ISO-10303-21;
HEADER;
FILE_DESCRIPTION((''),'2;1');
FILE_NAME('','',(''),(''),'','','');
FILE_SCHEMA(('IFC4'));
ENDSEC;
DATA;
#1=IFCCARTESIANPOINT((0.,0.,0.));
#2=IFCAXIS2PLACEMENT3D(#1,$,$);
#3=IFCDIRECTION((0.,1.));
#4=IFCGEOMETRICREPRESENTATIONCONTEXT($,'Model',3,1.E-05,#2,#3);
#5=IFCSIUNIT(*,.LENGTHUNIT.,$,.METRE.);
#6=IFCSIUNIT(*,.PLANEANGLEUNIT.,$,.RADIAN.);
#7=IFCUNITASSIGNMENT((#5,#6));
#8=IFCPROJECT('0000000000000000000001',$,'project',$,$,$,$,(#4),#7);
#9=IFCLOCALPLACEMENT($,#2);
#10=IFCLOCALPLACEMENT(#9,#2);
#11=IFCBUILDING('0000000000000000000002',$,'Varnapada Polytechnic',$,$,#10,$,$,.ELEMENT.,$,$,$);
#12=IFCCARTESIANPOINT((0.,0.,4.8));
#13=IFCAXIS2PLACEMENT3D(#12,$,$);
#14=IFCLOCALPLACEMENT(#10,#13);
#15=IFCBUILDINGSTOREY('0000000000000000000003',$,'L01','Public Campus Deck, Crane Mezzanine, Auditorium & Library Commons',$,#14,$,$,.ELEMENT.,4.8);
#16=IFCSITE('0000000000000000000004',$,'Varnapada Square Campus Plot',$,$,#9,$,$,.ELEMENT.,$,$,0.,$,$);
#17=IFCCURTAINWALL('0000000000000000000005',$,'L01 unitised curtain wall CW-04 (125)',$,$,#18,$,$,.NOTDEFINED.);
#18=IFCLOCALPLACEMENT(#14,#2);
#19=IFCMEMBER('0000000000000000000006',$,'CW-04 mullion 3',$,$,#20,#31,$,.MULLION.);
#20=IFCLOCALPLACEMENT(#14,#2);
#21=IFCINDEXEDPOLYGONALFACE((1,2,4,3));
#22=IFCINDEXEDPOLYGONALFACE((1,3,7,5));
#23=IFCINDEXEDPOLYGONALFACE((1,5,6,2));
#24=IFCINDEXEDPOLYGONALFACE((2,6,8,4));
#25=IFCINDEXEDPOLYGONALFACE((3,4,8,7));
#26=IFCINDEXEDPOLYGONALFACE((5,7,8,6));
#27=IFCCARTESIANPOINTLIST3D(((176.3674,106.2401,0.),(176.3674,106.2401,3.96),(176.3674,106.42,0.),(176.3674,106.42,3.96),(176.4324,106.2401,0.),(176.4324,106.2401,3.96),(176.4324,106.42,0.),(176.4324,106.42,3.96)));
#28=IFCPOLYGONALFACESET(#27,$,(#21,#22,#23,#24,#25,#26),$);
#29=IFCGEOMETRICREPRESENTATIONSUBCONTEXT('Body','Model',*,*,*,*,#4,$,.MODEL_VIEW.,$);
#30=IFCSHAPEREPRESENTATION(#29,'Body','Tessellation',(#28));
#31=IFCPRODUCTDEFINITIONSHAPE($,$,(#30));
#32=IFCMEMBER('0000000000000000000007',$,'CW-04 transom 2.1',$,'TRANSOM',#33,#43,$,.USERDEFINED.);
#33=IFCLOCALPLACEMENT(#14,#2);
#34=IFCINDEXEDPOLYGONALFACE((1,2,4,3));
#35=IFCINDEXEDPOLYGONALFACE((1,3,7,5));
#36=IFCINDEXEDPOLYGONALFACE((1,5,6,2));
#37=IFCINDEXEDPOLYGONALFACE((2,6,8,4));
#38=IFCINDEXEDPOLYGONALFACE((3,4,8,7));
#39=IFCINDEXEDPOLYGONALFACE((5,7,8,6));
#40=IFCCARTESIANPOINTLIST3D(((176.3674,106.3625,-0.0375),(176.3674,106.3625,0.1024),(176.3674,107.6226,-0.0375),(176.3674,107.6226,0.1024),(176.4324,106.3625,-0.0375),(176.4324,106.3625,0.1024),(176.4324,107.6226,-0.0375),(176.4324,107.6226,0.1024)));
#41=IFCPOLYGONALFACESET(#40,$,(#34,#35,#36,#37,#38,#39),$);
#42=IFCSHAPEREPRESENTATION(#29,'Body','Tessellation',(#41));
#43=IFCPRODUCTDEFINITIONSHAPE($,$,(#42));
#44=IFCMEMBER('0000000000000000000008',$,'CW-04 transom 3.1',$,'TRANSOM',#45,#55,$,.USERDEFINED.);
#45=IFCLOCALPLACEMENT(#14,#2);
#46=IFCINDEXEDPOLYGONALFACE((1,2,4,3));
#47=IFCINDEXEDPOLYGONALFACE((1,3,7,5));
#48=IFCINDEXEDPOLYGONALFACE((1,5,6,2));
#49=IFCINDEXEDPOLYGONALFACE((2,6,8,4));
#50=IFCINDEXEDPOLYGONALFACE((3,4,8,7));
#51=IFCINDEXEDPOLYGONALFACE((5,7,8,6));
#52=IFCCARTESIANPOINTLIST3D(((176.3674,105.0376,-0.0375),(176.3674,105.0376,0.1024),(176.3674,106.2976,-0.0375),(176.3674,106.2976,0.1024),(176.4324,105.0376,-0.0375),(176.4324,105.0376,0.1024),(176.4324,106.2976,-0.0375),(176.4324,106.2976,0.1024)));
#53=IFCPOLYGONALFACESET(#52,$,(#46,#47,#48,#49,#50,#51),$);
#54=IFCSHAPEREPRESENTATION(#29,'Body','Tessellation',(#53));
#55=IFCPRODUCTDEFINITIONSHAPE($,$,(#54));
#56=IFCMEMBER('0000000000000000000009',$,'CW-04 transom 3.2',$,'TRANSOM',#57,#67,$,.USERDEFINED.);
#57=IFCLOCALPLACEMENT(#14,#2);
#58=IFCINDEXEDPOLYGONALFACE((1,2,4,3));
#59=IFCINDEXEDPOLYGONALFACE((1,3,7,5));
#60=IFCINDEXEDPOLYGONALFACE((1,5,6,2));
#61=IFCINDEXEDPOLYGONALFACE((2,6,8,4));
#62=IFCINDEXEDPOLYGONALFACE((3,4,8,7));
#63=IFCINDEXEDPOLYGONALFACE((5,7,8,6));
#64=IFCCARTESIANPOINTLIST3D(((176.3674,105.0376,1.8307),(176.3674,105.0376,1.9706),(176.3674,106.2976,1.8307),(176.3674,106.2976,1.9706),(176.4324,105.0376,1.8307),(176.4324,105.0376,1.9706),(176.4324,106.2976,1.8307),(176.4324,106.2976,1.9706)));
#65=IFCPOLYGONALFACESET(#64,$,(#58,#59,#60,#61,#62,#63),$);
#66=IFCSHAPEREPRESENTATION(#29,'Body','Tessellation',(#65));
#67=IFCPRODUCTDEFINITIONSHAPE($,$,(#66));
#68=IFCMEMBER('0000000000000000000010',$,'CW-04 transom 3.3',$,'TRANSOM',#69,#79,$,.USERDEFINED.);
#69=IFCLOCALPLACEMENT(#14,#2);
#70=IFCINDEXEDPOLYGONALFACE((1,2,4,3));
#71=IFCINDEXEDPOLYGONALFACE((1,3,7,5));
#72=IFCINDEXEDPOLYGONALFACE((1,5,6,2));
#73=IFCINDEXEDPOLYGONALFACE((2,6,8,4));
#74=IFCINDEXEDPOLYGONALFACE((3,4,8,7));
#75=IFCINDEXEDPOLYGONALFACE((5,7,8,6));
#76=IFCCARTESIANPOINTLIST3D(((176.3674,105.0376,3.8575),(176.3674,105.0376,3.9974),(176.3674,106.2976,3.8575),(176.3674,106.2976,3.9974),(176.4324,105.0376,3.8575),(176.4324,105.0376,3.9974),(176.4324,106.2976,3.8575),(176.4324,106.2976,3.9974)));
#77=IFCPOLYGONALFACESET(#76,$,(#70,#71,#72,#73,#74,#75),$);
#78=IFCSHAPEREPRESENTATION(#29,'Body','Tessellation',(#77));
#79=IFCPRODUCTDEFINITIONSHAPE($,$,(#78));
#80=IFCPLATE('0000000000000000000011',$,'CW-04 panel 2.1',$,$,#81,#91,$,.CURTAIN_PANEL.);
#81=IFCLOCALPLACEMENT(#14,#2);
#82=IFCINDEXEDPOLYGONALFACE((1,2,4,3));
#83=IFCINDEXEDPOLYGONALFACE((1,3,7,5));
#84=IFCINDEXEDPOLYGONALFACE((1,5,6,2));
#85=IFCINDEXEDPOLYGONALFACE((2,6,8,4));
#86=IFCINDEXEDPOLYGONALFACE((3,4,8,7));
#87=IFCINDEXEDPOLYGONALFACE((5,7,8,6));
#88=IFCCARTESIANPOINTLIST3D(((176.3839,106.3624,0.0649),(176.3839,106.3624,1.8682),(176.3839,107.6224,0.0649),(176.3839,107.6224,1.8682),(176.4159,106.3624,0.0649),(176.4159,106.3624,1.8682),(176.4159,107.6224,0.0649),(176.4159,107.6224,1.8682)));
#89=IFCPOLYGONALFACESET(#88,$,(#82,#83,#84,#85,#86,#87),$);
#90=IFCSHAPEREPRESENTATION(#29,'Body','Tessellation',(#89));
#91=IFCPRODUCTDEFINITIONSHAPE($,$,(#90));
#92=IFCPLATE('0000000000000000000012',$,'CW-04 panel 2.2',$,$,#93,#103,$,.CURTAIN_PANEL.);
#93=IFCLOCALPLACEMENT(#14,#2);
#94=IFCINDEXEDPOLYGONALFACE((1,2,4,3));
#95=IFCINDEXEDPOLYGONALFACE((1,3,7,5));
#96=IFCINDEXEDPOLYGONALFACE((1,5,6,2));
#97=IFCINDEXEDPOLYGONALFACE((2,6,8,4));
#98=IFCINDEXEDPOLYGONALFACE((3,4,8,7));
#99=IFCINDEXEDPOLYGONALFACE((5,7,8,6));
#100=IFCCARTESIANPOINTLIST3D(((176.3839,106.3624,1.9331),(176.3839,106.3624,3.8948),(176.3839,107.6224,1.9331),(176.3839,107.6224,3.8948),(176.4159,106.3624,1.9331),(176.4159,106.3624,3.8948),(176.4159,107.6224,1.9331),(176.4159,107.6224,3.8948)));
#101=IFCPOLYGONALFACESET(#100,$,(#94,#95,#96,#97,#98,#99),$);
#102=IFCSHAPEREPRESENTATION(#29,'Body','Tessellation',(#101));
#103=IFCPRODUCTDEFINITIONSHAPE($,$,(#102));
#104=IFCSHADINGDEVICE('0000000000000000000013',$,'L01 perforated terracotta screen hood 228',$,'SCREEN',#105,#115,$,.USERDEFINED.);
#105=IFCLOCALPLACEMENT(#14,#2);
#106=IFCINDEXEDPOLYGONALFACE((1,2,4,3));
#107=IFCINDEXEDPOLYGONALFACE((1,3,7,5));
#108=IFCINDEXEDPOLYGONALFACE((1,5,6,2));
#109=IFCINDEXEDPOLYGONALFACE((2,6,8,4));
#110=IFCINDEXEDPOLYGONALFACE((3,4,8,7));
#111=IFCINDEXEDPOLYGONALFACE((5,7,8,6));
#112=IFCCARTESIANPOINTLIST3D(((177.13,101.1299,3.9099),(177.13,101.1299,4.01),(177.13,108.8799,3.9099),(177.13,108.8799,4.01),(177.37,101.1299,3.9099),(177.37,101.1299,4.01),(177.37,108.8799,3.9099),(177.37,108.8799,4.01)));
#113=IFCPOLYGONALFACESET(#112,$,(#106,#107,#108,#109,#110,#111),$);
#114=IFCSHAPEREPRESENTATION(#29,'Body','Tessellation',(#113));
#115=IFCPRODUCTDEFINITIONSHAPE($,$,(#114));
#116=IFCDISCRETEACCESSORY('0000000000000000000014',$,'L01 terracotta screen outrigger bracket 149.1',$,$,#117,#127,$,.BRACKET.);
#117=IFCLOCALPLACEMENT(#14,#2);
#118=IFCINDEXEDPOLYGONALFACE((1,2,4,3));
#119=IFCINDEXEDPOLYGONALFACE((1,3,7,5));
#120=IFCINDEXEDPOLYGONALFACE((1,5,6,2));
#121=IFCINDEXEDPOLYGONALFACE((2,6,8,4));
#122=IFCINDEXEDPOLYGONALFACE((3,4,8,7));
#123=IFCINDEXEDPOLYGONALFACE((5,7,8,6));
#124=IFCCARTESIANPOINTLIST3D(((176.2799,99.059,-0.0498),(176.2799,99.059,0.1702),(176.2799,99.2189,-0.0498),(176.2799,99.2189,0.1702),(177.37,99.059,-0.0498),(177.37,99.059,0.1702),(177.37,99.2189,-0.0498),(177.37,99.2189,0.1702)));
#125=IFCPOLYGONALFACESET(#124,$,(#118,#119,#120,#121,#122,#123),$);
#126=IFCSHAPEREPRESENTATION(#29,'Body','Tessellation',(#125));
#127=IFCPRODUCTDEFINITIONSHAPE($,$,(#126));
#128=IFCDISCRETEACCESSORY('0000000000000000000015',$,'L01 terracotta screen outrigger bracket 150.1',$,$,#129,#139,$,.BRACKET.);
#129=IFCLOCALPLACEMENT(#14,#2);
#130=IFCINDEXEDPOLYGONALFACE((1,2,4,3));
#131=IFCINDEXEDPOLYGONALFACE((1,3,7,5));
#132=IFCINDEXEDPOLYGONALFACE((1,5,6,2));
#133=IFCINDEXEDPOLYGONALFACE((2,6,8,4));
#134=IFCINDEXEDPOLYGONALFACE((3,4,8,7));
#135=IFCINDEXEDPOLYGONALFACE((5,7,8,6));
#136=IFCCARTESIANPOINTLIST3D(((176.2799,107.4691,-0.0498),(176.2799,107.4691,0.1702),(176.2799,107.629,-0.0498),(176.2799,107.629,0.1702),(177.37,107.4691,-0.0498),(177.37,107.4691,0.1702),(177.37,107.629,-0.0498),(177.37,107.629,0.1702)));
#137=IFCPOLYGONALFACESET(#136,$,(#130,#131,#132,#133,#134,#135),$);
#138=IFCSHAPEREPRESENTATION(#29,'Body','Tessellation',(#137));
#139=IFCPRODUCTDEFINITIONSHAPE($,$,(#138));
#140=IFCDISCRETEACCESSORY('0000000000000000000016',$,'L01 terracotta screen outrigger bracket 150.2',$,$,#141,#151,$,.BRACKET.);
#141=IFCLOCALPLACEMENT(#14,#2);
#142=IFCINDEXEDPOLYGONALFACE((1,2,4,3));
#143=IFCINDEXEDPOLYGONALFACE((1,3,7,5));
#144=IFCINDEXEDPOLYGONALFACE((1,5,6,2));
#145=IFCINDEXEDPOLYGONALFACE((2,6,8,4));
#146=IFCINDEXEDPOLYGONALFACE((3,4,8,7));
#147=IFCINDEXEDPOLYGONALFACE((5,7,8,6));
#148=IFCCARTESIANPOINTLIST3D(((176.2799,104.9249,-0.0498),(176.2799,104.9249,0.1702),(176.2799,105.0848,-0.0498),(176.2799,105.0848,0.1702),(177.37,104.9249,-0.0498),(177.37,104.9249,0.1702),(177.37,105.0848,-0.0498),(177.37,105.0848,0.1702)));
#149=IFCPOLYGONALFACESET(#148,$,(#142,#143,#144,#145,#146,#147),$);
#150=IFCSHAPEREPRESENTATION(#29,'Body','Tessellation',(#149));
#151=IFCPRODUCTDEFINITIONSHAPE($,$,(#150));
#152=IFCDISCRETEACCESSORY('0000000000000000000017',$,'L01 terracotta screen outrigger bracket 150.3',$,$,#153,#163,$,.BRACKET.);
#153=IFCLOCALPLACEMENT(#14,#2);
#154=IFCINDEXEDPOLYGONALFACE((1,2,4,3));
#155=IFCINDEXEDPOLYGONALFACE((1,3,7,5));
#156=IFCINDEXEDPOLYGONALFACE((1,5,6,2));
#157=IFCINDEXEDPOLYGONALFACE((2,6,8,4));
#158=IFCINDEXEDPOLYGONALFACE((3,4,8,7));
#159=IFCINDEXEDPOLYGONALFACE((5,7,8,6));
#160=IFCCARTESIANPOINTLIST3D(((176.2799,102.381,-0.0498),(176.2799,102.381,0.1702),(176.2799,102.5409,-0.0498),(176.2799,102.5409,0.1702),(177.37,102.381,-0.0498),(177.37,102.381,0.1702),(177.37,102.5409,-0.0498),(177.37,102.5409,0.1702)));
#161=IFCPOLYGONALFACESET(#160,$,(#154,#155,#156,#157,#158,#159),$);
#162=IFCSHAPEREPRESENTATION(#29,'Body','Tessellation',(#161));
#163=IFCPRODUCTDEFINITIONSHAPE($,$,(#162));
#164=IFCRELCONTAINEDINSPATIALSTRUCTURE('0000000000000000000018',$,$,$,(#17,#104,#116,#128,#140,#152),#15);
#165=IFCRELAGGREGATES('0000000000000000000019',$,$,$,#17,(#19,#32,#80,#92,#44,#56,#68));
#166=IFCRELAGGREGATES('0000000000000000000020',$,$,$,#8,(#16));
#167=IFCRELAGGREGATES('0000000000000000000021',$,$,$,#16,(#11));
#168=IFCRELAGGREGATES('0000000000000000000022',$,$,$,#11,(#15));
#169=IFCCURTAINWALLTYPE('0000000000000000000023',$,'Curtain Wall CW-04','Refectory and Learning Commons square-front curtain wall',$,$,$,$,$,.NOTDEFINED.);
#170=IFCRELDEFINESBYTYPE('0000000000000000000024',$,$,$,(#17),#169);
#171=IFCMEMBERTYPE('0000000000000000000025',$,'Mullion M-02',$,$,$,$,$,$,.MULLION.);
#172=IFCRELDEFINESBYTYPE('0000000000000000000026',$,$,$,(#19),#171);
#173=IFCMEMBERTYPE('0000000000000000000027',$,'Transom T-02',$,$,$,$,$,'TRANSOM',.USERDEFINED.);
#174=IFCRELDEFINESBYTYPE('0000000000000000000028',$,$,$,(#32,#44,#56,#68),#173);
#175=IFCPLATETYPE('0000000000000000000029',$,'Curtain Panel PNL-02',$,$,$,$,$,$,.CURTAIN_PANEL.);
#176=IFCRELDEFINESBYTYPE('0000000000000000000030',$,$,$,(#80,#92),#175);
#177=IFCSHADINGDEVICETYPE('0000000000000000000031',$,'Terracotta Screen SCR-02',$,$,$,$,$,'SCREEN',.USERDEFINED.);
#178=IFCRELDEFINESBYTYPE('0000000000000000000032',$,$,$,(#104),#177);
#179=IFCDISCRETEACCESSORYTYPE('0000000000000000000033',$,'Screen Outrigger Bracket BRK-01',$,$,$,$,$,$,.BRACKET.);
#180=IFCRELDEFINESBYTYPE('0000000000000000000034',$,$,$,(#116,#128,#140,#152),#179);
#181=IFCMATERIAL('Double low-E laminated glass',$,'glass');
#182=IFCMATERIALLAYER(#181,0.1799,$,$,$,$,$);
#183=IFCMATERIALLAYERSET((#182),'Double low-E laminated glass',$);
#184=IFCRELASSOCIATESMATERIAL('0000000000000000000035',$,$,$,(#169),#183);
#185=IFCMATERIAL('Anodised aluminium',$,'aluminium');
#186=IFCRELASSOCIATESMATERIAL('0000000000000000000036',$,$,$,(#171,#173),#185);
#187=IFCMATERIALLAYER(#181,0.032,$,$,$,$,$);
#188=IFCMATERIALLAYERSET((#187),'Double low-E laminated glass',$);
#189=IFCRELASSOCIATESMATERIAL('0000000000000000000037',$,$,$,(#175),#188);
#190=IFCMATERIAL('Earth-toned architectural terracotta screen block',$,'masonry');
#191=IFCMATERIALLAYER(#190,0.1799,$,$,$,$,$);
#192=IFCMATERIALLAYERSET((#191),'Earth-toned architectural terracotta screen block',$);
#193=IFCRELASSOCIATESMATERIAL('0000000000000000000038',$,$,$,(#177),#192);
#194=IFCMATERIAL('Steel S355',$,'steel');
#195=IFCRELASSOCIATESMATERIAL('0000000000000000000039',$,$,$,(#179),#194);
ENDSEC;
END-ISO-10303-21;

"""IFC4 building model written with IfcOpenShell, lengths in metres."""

from ifc_helpers import new_model, si_unit, direction, frame, origin, origin_2d, place, context, subcontext, project, spatial, rectangle, extrude, material, layer, layer_set, material_profile, profile_set, type_object, element, aggregate, save


model = new_model("IFC4")

# Units and contexts
model_context = context("Model", 3, precision=1e-05, world=origin(), true_north=direction((0.0, 1.0)))
body_context = subcontext(model_context, "Body", "Model", "MODEL_VIEW")
ifc_project = project(units=[si_unit("LENGTHUNIT", "METRE"), si_unit("PLANEANGLEUNIT", "RADIAN")], contexts=[model_context])

# Site, building, storey
site_placement = place(None, origin())
site = spatial("IfcSite", under=ifc_project, at=site_placement, Name="Varnapada Square Campus Plot", CompositionType="ELEMENT", RefElevation=0.0)
building_placement = place(site_placement, origin())
building = spatial("IfcBuilding", under=site, at=building_placement, Name="Varnapada Polytechnic", CompositionType="ELEMENT")
storey_placement = place(building_placement, frame((0.0, 0.0, 4.8)))
storey = spatial("IfcBuildingStorey", under=building, at=storey_placement, Name="L01", Description="Public Campus Deck, Crane Mezzanine, Auditorium & Library Commons", CompositionType="ELEMENT", Elevation=4.8)

# Curtain wall, members, plates
ifc_material_1 = material(Name="Double low-E laminated glass", Category="glass")
ifc_layer_1 = layer(ifc_material_1, 0.1799)
ifc_layer_set_1 = layer_set([ifc_layer_1], Name="Double low-E laminated glass")
curtain_wall_type = type_object("IfcCurtainWallType", Name="Curtain Wall CW-04", Description="Refectory and Learning Commons square-front curtain wall", PredefinedType="NOTDEFINED", material=ifc_layer_set_1)
curtain_wall_placement = place(storey_placement, origin())
curtain_wall = element("IfcCurtainWall", 1, at=curtain_wall_placement, inside=storey, type_object=curtain_wall_type, Name="L01 unitised curtain wall CW-04 (125)", PredefinedType="NOTDEFINED")
ifc_material_2 = material(Name="Anodised aluminium", Category="aluminium")
ifc_material_profile_1 = material_profile(ifc_material_2, rectangle(XDim=0.0649, YDim=0.1799, at=origin_2d()), Name="ALU M65x180")
ifc_profile_set_1 = profile_set([ifc_material_profile_1], Name="Anodised aluminium")
member_type_1 = type_object("IfcMemberType", Name="Mullion M-02", PredefinedType="MULLION", material=ifc_profile_set_1)
member_1_placement = place(storey_placement, frame((176.3999, 106.3301, 0.0), z_axis=(0.0, 0.0, 1.0), x_axis=(1.0, 0.0, 0.0)))
member_1 = element("IfcMember", 2, at=member_1_placement, type_object=member_type_1, Name="CW-04 mullion 3", PredefinedType="MULLION", context=body_context, shape_type="SweptSolid", body=[
    extrude(rectangle(XDim=0.0649, YDim=0.1799, at=origin_2d()), origin(), (0.0, 0.0, 1.0), 3.96),
])
ifc_material_profile_2 = material_profile(ifc_material_2, rectangle(XDim=0.0649, YDim=0.1399, at=origin_2d()), Name="ALU T65x140")
ifc_profile_set_2 = profile_set([ifc_material_profile_2], Name="Anodised aluminium")
member_type_2 = type_object("IfcMemberType", Name="Transom T-02", ElementType="TRANSOM", PredefinedType="USERDEFINED", material=ifc_profile_set_2)
member_2_placement = place(storey_placement, frame((176.3999, 107.6226, 0.0325), z_axis=(0.0, -1.0, 0.0), x_axis=(1.0, 0.0, 0.0)))
member_2 = element("IfcMember", 3, at=member_2_placement, type_object=member_type_2, Name="CW-04 transom 2.1", ObjectType="TRANSOM", PredefinedType="USERDEFINED", context=body_context, shape_type="SweptSolid", body=[
    extrude(rectangle(XDim=0.0649, YDim=0.1399, at=origin_2d()), origin(), (0.0, 0.0, 1.0), 1.26),
])
member_3_placement = place(storey_placement, frame((176.3999, 106.2976, 0.0325), z_axis=(0.0, -1.0, 0.0), x_axis=(1.0, 0.0, 0.0)))
member_3 = element("IfcMember", 4, at=member_3_placement, type_object=member_type_2, Name="CW-04 transom 3.1", ObjectType="TRANSOM", PredefinedType="USERDEFINED", context=body_context, shape_type="SweptSolid", body=[
    extrude(rectangle(XDim=0.0649, YDim=0.1399, at=origin_2d()), origin(), (0.0, 0.0, 1.0), 1.26),
])
member_4_placement = place(storey_placement, frame((176.3999, 106.2976, 1.9006), z_axis=(0.0, -1.0, 0.0), x_axis=(1.0, 0.0, 0.0)))
member_4 = element("IfcMember", 5, at=member_4_placement, type_object=member_type_2, Name="CW-04 transom 3.2", ObjectType="TRANSOM", PredefinedType="USERDEFINED", context=body_context, shape_type="SweptSolid", body=[
    extrude(rectangle(XDim=0.0649, YDim=0.1399, at=origin_2d()), origin(), (0.0, 0.0, 1.0), 1.26),
])
member_5_placement = place(storey_placement, frame((176.3999, 106.2976, 3.9275), z_axis=(0.0, -1.0, 0.0), x_axis=(1.0, 0.0, 0.0)))
member_5 = element("IfcMember", 6, at=member_5_placement, type_object=member_type_2, Name="CW-04 transom 3.3", ObjectType="TRANSOM", PredefinedType="USERDEFINED", context=body_context, shape_type="SweptSolid", body=[
    extrude(rectangle(XDim=0.0649, YDim=0.1399, at=origin_2d()), origin(), (0.0, 0.0, 1.0), 1.26),
])
ifc_layer_2 = layer(ifc_material_1, 0.032)
ifc_layer_set_2 = layer_set([ifc_layer_2], Name="Double low-E laminated glass")
plate_type = type_object("IfcPlateType", Name="Curtain Panel PNL-02", PredefinedType="CURTAIN_PANEL", material=ifc_layer_set_2)
plate_1_placement = place(storey_placement, frame((176.3999, 106.9924, 0.0649), z_axis=(0.0, 0.0, 1.0), x_axis=(0.0, -1.0, 0.0)))
plate_1 = element("IfcPlate", 7, at=plate_1_placement, type_object=plate_type, Name="CW-04 panel 2.1", PredefinedType="CURTAIN_PANEL", context=body_context, shape_type="SweptSolid", body=[
    extrude(rectangle(XDim=1.26, YDim=0.032, at=origin_2d()), origin(), (0.0, 0.0, 1.0), 1.8032),
])
plate_2_placement = place(storey_placement, frame((176.3999, 106.9924, 1.9331), z_axis=(0.0, 0.0, 1.0), x_axis=(0.0, -1.0, 0.0)))
plate_2 = element("IfcPlate", 8, at=plate_2_placement, type_object=plate_type, Name="CW-04 panel 2.2", PredefinedType="CURTAIN_PANEL", context=body_context, shape_type="SweptSolid", body=[
    extrude(rectangle(XDim=1.26, YDim=0.032, at=origin_2d()), origin(), (0.0, 0.0, 1.0), 1.9617),
])
aggregate(curtain_wall, [member_1, member_2, plate_1, plate_2, member_3, member_4, member_5])

# Shared definitions
ifc_material_3 = material(Name="Earth-toned architectural terracotta screen block", Category="masonry")

# Shading device
ifc_layer_3 = layer(ifc_material_3, 0.1799)
ifc_layer_set_3 = layer_set([ifc_layer_3], Name="Earth-toned architectural terracotta screen block")
shading_device_type = type_object("IfcShadingDeviceType", Name="Terracotta Screen SCR-02", ElementType="SCREEN", PredefinedType="USERDEFINED", material=ifc_layer_set_3)
shading_device_placement = place(storey_placement, frame((177.25, 105.0049, 3.9099), z_axis=(0.0, 0.0, 1.0), x_axis=(0.0, -1.0, 0.0)))
element("IfcShadingDevice", 9, at=shading_device_placement, inside=storey, type_object=shading_device_type, Name="L01 perforated terracotta screen hood 228", ObjectType="SCREEN", PredefinedType="USERDEFINED", context=body_context, shape_type="SweptSolid", body=[
    extrude(rectangle(XDim=7.75, YDim=0.24, at=origin_2d()), origin(), (0.0, 0.0, 1.0), 0.1001),
])

# Discrete accessories
ifc_material_4 = material(Name="Steel S355", Category="steel")
discrete_accessory_type = type_object("IfcDiscreteAccessoryType", Name="Screen Outrigger Bracket BRK-01", PredefinedType="BRACKET", material=ifc_material_4)
for number, where, z_axis, x_axis, name in (
    (10, (176.825, 99.1389, -0.0498), (0.0, 0.0, 1.0), (0.0, -1.0, 0.0), "L01 terracotta screen outrigger bracket 149.1"),
    (11, (176.825, 107.5491, -0.0498), (0.0, 0.0, 1.0), (0.0, -1.0, 0.0), "L01 terracotta screen outrigger bracket 150.1"),
    (12, (176.825, 105.0049, -0.0498), (0.0, 0.0, 1.0), (0.0, -1.0, 0.0), "L01 terracotta screen outrigger bracket 150.2"),
    (13, (176.825, 102.4609, -0.0498), (0.0, 0.0, 1.0), (0.0, -1.0, 0.0), "L01 terracotta screen outrigger bracket 150.3"),
):
    element("IfcDiscreteAccessory", number, at=place(storey_placement, frame(where, z_axis=z_axis, x_axis=x_axis)), inside=storey, type_object=discrete_accessory_type, Name=name, PredefinedType="BRACKET", context=body_context, shape_type="SweptSolid", body=[
        extrude(rectangle(XDim=0.1599, YDim=1.0901, at=origin_2d()), origin(), (0.0, 0.0, 1.0), 0.22),
    ])

save(model, "model.ifc")
